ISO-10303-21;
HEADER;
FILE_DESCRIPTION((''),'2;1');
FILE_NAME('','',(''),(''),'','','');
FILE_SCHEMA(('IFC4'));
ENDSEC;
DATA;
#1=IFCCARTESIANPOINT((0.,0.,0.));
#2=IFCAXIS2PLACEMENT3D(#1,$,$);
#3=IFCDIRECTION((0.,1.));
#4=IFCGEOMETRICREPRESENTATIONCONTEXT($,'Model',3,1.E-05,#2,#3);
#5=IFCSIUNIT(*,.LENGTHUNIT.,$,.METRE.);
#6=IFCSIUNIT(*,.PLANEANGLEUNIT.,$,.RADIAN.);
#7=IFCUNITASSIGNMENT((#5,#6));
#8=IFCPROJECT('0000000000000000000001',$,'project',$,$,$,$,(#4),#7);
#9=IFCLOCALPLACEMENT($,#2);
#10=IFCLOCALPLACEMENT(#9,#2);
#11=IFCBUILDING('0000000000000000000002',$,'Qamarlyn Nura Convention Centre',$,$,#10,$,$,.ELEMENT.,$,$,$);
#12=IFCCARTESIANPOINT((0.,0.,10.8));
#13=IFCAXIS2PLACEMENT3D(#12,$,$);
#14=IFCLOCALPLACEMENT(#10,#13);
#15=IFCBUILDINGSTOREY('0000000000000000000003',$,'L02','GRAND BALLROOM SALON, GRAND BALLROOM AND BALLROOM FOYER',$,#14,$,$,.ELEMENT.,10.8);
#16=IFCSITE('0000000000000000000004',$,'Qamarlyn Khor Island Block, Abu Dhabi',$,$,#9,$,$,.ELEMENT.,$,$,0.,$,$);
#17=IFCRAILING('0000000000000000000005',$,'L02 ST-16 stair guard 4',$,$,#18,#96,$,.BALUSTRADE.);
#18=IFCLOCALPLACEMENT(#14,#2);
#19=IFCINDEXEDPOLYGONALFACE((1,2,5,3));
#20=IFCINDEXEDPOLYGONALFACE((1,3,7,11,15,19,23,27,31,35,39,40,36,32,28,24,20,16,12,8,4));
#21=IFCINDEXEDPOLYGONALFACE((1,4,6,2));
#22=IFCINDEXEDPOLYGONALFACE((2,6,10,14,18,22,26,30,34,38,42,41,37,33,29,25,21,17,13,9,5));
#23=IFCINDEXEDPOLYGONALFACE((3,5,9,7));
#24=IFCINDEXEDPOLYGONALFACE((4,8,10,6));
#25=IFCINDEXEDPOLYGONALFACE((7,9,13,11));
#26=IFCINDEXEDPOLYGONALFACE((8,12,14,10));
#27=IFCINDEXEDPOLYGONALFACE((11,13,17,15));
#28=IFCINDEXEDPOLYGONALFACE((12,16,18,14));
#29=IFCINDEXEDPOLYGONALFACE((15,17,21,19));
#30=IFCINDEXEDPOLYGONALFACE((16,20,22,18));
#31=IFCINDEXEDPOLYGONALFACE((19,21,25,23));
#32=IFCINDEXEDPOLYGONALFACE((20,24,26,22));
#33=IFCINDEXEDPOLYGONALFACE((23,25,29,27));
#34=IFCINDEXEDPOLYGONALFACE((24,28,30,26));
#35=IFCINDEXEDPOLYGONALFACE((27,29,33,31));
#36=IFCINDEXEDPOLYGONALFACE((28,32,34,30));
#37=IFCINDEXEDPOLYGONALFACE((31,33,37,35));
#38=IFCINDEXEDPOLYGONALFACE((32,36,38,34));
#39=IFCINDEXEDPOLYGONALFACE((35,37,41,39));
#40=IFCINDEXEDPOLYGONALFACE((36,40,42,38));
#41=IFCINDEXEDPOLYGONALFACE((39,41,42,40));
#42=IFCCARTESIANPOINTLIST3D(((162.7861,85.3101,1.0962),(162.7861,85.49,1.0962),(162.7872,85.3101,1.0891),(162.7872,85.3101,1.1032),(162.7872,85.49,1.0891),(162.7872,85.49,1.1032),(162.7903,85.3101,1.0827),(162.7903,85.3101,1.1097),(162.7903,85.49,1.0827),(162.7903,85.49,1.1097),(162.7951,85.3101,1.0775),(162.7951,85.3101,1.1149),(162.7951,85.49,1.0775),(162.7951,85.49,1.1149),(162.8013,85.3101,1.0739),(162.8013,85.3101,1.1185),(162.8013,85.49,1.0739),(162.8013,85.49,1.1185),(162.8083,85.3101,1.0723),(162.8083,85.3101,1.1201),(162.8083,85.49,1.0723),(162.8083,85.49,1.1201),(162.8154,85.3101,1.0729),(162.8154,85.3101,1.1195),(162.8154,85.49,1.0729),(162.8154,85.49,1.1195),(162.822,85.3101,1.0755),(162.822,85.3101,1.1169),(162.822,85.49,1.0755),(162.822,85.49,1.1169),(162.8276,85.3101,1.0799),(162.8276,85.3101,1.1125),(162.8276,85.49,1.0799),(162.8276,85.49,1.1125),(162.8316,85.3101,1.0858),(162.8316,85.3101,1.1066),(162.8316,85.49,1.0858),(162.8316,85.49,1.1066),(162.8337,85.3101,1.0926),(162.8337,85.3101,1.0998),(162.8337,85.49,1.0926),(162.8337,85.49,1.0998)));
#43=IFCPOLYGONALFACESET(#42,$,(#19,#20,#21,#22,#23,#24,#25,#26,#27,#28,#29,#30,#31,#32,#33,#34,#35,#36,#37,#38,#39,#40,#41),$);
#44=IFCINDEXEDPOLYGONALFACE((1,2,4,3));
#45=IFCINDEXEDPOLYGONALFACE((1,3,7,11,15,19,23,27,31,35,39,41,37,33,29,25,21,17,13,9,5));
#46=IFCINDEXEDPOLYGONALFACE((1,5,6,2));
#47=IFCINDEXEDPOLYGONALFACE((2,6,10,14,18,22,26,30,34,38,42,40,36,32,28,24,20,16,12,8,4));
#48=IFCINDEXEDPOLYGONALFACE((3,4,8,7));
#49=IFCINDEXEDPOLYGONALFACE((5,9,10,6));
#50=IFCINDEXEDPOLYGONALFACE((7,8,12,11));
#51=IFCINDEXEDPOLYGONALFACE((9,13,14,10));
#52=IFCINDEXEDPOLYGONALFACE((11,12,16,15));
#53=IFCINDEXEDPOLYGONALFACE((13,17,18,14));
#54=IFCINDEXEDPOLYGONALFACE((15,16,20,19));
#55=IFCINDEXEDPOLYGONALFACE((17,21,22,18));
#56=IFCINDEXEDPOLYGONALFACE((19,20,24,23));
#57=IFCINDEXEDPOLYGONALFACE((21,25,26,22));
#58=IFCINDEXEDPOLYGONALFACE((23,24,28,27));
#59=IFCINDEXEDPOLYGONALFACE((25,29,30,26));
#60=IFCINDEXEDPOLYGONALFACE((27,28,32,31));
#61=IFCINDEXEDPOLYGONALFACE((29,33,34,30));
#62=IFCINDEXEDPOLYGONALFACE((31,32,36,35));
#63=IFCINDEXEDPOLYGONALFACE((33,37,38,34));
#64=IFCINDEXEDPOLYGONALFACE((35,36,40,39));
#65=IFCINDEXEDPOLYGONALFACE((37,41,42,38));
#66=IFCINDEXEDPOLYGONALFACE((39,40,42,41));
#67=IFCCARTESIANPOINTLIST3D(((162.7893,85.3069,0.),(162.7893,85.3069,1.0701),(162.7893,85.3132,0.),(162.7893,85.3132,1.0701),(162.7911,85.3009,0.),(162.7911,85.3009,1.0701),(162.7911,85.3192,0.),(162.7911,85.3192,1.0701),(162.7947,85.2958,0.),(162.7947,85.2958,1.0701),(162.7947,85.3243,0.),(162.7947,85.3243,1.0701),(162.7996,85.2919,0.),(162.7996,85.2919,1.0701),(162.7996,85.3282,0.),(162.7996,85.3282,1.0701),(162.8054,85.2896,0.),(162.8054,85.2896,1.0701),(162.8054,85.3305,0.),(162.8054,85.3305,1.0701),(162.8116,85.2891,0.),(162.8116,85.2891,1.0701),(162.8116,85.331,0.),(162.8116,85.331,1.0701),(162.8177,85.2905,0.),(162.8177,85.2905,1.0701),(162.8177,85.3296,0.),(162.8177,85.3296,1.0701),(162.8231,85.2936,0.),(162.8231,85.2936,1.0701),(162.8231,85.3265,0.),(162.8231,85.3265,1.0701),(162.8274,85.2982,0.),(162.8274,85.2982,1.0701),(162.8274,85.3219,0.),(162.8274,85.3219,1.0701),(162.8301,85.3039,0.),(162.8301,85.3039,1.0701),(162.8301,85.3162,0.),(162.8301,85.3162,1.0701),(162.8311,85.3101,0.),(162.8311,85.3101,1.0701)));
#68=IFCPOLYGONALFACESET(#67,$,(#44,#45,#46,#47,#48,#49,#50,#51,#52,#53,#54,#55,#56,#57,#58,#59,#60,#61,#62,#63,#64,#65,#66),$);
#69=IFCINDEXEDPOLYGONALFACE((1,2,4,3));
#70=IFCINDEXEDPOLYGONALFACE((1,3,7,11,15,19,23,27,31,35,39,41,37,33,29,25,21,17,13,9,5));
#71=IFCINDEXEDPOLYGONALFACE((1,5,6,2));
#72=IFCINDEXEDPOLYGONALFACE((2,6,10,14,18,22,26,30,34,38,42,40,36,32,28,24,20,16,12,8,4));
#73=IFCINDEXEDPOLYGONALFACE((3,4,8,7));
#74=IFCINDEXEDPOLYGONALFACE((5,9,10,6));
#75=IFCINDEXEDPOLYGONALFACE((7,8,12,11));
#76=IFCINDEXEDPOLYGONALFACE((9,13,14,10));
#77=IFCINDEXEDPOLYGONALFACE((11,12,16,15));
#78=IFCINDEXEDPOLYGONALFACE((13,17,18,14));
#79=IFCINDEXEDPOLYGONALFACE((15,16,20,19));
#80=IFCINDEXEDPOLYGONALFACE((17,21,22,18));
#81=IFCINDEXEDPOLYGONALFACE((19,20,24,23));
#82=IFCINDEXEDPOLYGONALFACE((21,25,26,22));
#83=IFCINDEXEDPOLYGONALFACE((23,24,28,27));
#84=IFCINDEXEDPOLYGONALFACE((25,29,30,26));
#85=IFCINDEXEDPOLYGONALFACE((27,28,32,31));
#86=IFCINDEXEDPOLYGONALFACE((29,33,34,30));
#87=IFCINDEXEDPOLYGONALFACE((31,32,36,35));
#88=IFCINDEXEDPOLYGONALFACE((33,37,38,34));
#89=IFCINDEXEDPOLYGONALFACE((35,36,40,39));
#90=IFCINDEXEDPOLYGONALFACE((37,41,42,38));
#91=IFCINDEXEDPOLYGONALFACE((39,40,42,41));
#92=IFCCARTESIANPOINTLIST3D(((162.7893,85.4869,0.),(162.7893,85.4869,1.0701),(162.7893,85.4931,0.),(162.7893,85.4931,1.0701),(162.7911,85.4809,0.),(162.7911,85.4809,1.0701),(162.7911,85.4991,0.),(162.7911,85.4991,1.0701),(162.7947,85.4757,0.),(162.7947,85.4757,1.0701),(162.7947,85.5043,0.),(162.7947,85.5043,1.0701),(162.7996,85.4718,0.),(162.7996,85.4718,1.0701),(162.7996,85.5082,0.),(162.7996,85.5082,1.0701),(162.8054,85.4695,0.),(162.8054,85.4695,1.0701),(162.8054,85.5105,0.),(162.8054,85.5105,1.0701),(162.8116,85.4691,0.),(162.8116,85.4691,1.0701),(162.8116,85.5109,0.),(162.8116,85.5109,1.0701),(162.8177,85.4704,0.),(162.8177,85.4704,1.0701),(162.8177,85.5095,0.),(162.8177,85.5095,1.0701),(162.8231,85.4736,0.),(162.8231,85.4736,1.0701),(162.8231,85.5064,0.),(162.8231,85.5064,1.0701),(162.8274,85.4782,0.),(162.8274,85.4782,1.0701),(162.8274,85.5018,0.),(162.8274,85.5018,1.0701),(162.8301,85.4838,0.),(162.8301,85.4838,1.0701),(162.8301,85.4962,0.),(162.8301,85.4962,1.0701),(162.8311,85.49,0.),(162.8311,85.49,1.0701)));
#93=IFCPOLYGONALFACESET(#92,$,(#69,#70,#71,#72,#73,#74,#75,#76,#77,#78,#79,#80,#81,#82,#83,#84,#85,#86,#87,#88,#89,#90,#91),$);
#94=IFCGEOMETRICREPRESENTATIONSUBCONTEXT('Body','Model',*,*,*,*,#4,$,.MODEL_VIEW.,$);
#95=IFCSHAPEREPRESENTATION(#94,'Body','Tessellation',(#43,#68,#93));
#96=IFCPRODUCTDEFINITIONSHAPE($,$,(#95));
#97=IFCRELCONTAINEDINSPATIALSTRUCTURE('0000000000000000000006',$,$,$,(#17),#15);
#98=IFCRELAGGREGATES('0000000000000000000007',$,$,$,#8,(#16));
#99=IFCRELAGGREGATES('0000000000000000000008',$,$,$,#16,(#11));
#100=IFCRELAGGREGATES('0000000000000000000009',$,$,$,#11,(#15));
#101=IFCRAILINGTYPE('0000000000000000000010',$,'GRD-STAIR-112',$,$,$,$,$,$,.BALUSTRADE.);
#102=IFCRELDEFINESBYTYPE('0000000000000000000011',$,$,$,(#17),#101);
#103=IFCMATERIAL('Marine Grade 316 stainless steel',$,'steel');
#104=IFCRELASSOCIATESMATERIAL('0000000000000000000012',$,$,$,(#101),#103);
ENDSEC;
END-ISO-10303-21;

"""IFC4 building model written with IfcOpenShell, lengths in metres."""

from ifc_helpers import new_model, si_unit, direction, frame, origin, origin_2d, place, context, subcontext, project, spatial, circle, extrude, material, type_object, element, save


model = new_model("IFC4")

# Units and contexts
model_context = context("Model", 3, precision=1e-05, world=origin(), true_north=direction((0.0, 1.0)))
body_context = subcontext(model_context, "Body", "Model", "MODEL_VIEW")
ifc_project = project(units=[si_unit("LENGTHUNIT", "METRE"), si_unit("PLANEANGLEUNIT", "RADIAN")], contexts=[model_context])

# Site, building, storey
site_placement = place(None, origin())
site = spatial("IfcSite", under=ifc_project, at=site_placement, Name="Qamarlyn Khor Island Block, Abu Dhabi", CompositionType="ELEMENT", RefElevation=0.0)
building_placement = place(site_placement, origin())
building = spatial("IfcBuilding", under=site, at=building_placement, Name="Qamarlyn Nura Convention Centre", CompositionType="ELEMENT")
storey_placement = place(building_placement, frame((0.0, 0.0, 10.8)))
storey = spatial("IfcBuildingStorey", under=building, at=storey_placement, Name="L02", Description="GRAND BALLROOM SALON, GRAND BALLROOM AND BALLROOM FOYER", CompositionType="ELEMENT", Elevation=10.8)

# Railing
ifc_material_1 = material(Name="Marine Grade 316 stainless steel", Category="steel")
railing_type_1 = type_object("IfcRailingType", Name="GRD-STAIR-112", PredefinedType="BALUSTRADE", material=ifc_material_1)
railing_1_placement = place(storey_placement, frame((162.8101, 85.3101, 0.0)))
element("IfcRailing", 1, at=railing_1_placement, inside=storey, type_object=railing_type_1, Name="L02 ST-16 stair guard 4", PredefinedType="BALUSTRADE", context=body_context, shape_type="SweptSolid", body=[
    extrude(circle(Radius=0.0239, at=origin_2d()), frame((0.0, 0.0, 1.0962), z_axis=(0.0, 1.0, 0.0), x_axis=(-1.0, 0.0, 0.0)), (0.0, 0.0, 1.0), 0.1799),
    extrude(circle(Radius=0.021, at=origin_2d()), origin(), (0.0, 0.0, 1.0), 1.0701),
    extrude(circle(Radius=0.021, at=origin_2d()), frame((0.0, 0.1799, 0.0)), (0.0, 0.0, 1.0), 1.0701),
])

save(model, "model.ifc")
